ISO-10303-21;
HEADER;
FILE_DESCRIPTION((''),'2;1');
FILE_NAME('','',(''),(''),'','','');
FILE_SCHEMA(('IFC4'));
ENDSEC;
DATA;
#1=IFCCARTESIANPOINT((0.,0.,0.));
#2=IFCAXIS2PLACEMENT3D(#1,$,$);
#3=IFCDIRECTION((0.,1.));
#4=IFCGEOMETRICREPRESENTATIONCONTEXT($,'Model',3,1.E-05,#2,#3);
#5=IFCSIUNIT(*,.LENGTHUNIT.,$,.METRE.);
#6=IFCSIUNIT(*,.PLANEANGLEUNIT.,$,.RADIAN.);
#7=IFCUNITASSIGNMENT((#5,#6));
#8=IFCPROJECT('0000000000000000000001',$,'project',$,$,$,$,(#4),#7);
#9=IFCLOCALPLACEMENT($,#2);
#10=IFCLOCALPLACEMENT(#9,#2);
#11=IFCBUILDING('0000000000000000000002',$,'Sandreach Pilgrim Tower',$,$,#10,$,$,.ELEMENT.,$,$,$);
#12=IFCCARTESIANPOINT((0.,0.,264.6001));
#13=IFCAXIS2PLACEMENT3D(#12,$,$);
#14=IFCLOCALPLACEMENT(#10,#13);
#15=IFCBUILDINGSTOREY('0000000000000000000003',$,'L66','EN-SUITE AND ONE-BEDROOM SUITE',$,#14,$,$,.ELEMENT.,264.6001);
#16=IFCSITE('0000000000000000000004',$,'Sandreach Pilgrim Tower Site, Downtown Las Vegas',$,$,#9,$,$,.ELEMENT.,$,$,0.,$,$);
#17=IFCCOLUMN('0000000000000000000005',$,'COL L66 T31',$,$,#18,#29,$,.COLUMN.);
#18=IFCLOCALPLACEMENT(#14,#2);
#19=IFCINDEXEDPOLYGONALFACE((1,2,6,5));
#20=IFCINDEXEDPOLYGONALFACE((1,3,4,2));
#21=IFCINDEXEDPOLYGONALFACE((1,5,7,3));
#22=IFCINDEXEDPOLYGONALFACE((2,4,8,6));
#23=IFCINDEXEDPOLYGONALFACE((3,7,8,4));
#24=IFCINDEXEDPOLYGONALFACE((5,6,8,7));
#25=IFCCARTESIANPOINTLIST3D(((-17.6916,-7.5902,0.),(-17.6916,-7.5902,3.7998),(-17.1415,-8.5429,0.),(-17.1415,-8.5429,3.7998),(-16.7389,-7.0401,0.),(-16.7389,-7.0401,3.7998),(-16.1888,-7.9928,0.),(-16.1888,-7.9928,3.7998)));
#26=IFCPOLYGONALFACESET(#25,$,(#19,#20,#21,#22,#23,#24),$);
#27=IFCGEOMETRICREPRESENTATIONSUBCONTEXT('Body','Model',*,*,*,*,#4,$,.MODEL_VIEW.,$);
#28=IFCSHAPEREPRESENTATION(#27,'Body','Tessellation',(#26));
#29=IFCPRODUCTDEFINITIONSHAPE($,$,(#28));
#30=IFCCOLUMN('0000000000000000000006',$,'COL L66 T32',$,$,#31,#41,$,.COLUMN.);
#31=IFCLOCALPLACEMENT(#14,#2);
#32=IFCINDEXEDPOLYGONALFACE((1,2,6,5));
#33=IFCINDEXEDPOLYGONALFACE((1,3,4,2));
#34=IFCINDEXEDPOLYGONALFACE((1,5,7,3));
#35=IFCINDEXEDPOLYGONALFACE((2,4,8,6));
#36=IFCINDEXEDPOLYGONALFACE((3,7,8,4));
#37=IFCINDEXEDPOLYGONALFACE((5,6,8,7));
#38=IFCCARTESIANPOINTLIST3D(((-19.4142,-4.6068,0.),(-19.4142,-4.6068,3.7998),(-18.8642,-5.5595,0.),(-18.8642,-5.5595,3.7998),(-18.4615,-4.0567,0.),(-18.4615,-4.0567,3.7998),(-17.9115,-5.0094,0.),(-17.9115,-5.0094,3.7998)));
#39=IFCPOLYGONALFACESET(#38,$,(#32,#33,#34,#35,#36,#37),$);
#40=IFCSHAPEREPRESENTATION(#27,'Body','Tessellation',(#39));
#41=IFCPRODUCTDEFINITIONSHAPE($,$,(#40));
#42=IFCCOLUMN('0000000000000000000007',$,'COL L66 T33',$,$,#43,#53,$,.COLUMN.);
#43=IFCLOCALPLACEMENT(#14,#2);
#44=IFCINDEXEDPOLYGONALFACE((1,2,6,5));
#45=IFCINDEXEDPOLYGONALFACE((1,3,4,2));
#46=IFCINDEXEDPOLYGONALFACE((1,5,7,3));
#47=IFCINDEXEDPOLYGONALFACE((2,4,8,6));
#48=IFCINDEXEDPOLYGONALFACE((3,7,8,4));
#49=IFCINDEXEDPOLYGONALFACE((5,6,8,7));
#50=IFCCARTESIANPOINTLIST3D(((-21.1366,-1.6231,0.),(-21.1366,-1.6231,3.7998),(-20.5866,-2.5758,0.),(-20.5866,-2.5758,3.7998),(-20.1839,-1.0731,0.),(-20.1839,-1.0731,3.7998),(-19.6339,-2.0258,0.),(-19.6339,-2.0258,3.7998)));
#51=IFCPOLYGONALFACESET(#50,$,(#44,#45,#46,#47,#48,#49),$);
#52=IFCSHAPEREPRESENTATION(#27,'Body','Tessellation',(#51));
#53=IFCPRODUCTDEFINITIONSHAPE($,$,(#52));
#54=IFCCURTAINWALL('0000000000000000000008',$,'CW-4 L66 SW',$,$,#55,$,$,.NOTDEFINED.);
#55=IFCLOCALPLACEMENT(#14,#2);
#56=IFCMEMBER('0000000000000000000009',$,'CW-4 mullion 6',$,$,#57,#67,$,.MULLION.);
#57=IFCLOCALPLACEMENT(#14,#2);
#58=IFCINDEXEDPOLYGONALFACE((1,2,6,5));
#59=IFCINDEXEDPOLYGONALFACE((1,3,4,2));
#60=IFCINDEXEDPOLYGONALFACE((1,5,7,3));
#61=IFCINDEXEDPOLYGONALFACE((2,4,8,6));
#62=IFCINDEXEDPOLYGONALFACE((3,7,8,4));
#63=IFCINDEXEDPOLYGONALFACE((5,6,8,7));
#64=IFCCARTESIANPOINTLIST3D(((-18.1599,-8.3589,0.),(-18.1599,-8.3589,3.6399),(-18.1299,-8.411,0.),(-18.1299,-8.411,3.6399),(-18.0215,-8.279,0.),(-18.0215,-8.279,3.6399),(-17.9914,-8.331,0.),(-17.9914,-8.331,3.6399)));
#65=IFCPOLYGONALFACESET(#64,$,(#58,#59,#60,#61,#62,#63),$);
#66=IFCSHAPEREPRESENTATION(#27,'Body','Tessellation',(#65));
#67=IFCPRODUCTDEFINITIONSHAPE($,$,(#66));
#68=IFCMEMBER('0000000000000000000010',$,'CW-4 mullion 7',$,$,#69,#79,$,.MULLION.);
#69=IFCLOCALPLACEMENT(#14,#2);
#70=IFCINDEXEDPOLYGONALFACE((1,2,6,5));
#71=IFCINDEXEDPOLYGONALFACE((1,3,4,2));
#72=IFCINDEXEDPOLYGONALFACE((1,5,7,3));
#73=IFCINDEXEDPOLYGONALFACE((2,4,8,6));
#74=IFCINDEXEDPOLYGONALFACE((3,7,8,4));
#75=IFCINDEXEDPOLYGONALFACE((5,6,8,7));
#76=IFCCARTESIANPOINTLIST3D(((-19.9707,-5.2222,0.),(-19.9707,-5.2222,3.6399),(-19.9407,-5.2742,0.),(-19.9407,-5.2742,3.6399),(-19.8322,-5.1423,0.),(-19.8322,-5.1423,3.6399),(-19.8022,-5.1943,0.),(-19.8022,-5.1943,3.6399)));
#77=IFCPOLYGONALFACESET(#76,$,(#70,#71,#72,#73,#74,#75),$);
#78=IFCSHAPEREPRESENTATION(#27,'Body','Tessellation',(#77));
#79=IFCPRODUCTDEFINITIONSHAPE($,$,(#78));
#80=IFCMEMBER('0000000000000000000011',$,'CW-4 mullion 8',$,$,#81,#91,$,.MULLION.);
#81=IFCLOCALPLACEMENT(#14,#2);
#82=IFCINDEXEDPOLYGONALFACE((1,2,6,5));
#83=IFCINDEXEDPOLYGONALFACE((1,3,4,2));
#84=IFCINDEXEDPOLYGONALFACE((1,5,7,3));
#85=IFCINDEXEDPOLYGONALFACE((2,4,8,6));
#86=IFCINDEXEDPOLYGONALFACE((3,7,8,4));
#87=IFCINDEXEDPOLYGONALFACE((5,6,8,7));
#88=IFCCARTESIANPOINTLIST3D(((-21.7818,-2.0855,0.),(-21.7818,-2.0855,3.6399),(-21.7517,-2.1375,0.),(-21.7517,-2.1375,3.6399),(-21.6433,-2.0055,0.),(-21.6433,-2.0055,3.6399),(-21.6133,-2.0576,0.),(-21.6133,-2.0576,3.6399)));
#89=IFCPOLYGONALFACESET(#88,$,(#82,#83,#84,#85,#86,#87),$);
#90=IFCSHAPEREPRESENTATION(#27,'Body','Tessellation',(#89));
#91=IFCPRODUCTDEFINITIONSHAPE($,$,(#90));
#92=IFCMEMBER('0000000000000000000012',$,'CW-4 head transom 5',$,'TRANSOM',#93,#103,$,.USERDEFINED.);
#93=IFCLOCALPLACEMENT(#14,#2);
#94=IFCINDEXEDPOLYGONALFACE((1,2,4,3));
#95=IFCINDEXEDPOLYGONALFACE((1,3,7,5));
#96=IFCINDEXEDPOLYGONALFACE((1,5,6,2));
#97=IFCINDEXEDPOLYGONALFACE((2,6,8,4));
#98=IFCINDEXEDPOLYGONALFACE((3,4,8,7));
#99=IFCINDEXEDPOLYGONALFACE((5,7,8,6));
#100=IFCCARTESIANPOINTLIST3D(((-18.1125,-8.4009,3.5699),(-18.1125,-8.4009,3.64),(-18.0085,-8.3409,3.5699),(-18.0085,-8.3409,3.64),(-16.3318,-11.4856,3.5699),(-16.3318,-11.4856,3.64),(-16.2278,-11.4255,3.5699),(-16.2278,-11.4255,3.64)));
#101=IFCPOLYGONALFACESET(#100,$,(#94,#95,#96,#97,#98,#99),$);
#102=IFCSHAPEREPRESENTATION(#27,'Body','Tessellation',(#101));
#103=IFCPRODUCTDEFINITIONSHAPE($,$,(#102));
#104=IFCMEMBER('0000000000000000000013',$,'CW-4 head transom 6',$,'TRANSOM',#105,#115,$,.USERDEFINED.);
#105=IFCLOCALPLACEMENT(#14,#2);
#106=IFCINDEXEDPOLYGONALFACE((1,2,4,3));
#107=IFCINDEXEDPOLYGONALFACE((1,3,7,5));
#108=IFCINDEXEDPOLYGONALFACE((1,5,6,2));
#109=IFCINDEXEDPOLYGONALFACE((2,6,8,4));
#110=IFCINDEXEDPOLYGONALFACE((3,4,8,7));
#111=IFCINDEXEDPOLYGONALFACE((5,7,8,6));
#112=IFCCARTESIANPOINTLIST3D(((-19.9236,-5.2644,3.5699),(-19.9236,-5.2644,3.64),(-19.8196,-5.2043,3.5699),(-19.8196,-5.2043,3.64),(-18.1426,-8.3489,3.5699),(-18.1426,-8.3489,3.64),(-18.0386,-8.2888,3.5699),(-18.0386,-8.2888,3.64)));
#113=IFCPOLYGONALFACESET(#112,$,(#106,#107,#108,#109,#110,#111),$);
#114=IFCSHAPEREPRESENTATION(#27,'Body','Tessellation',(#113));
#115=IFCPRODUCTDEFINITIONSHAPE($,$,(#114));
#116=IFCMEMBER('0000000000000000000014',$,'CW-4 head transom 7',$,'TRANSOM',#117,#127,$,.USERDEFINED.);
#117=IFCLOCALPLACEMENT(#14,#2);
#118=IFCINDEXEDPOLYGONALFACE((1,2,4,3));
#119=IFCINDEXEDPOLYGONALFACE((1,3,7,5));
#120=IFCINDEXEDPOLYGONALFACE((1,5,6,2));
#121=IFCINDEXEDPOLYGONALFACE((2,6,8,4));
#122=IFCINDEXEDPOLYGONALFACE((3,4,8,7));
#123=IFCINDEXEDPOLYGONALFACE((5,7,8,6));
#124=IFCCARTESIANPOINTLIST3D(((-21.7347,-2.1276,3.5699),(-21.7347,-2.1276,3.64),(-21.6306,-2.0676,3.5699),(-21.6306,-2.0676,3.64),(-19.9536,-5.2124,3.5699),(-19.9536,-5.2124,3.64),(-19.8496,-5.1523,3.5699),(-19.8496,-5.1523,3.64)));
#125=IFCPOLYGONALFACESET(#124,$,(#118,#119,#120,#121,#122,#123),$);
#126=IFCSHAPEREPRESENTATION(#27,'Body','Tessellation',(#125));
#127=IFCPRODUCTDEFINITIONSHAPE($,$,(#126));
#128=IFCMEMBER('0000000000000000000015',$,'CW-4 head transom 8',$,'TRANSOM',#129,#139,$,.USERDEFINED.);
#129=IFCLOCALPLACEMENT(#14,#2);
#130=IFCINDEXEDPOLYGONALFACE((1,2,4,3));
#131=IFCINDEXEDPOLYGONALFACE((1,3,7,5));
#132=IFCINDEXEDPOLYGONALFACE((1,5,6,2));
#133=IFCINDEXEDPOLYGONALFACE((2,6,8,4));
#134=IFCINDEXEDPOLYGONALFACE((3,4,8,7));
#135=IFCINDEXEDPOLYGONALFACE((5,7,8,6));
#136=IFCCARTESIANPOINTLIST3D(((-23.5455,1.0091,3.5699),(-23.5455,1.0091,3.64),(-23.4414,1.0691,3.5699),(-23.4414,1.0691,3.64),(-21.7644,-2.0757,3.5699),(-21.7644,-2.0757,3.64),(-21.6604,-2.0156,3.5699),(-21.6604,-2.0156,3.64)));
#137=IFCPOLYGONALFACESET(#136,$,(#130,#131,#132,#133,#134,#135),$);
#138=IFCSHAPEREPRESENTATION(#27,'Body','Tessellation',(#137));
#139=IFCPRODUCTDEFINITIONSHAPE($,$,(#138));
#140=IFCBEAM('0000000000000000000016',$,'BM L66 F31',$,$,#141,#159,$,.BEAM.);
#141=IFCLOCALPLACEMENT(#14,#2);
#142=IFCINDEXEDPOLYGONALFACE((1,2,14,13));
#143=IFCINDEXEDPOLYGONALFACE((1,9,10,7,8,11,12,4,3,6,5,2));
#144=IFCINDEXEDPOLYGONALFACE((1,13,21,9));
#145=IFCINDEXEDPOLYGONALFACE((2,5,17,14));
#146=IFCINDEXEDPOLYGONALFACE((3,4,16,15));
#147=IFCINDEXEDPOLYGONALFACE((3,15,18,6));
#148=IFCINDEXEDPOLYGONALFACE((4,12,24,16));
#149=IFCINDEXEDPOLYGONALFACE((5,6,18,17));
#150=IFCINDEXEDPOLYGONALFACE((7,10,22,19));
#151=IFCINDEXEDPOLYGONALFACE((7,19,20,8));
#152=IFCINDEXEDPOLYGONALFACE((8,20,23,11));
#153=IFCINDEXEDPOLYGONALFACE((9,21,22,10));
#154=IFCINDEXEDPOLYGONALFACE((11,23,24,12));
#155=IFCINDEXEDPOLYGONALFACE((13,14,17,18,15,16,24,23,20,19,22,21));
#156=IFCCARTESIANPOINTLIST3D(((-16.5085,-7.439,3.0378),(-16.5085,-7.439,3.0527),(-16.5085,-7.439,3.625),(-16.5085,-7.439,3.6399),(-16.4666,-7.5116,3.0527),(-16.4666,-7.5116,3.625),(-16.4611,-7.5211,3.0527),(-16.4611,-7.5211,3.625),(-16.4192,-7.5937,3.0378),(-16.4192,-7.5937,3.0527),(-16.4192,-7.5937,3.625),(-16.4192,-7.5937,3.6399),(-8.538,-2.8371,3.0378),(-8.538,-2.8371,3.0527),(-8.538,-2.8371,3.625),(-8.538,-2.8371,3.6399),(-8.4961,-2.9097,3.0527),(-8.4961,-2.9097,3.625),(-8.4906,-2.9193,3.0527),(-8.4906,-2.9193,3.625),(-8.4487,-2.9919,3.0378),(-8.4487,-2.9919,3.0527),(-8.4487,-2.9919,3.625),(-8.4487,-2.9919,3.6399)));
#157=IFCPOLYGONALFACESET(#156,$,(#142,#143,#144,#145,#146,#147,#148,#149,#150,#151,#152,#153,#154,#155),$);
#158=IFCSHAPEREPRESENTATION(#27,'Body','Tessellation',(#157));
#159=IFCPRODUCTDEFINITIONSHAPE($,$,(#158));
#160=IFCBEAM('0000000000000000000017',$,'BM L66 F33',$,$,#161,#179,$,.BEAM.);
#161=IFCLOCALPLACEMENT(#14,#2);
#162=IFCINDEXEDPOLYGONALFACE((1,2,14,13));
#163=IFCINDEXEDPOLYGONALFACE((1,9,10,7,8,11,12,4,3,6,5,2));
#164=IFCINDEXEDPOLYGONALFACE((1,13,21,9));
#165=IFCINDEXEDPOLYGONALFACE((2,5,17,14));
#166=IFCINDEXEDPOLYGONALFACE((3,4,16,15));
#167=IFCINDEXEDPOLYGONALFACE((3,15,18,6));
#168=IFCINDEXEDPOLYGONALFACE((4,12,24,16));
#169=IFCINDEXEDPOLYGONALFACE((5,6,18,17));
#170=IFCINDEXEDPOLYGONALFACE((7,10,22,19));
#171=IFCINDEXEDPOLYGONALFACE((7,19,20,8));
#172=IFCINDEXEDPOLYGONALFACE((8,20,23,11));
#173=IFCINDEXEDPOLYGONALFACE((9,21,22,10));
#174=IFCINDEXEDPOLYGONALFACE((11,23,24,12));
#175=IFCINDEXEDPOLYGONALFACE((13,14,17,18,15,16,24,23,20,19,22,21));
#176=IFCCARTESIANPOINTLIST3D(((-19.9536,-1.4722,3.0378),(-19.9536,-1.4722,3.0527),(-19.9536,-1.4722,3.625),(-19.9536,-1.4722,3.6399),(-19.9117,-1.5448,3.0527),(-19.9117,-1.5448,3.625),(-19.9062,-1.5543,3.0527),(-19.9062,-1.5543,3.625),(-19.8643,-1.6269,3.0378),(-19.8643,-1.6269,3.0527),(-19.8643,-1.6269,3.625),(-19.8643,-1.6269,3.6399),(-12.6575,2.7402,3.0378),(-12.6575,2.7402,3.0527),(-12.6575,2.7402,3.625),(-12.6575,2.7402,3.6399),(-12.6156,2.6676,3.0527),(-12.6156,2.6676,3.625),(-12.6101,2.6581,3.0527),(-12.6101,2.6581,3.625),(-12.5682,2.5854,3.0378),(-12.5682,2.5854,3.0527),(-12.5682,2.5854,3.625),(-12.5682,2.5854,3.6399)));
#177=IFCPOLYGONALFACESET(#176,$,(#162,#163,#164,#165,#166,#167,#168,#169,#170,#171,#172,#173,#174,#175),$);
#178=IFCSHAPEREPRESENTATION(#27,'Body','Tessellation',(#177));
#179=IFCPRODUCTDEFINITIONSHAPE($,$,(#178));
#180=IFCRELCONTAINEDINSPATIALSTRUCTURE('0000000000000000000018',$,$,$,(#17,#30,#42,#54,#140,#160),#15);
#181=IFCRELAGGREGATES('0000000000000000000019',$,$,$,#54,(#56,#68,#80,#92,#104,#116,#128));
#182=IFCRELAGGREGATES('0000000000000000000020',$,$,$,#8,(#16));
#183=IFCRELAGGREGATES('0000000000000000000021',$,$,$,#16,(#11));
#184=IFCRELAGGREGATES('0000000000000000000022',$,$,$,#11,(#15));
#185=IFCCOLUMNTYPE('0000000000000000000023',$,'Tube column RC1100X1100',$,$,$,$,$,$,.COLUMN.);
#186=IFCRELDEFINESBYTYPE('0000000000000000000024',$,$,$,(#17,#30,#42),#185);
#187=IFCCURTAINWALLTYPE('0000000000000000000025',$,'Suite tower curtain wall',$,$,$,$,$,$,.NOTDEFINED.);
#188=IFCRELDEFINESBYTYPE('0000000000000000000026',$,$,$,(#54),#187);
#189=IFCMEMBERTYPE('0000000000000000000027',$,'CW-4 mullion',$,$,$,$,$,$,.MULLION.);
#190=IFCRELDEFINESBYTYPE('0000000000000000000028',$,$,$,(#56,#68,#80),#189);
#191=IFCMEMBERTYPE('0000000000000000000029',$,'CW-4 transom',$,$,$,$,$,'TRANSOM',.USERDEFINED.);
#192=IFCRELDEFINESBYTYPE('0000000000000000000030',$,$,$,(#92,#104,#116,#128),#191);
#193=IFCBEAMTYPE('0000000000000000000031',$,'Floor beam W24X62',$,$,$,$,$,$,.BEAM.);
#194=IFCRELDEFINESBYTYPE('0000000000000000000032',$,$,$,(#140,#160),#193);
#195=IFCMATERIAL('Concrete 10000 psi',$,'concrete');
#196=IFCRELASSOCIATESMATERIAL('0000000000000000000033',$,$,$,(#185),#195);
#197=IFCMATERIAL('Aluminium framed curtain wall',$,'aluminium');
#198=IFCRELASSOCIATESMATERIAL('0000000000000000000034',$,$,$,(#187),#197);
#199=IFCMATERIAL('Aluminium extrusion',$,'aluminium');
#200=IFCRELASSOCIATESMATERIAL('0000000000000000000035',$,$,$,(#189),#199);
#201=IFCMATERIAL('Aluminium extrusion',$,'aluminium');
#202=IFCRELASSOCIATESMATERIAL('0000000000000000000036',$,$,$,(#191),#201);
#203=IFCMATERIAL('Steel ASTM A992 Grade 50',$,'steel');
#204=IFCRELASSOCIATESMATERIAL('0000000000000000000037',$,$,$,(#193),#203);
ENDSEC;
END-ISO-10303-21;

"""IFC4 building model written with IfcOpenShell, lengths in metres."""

from ifc_helpers import new_model, si_unit, direction, frame, origin, origin_2d, place, context, subcontext, project, spatial, rectangle, i_section, extrude, material, material_profile, profile_set, type_object, element, aggregate, save


model = new_model("IFC4")

# Units and contexts
model_context = context("Model", 3, precision=1e-05, world=origin(), true_north=direction((0.0, 1.0)))
body_context = subcontext(model_context, "Body", "Model", "MODEL_VIEW")
ifc_project = project(units=[si_unit("LENGTHUNIT", "METRE"), si_unit("PLANEANGLEUNIT", "RADIAN")], contexts=[model_context])

# Site, building, storey
site_placement = place(None, origin())
site = spatial("IfcSite", under=ifc_project, at=site_placement, Name="Sandreach Pilgrim Tower Site, Downtown Las Vegas", CompositionType="ELEMENT", RefElevation=0.0)
building_placement = place(site_placement, origin())
building = spatial("IfcBuilding", under=site, at=building_placement, Name="Sandreach Pilgrim Tower", CompositionType="ELEMENT")
storey_placement = place(building_placement, frame((0.0, 0.0, 264.6001)))
storey = spatial("IfcBuildingStorey", under=building, at=storey_placement, Name="L66", Description="EN-SUITE AND ONE-BEDROOM SUITE", CompositionType="ELEMENT", Elevation=264.6001)

# Columns
ifc_material_1 = material(Name="Concrete 10000 psi", Category="concrete")
ifc_material_profile_1 = material_profile(ifc_material_1, rectangle(XDim=1.1001, YDim=1.1001, at=origin_2d()), Name="RC1100X1100")
ifc_profile_set_1 = profile_set([ifc_material_profile_1], Name="Concrete 10000 psi")
column_type = type_object("IfcColumnType", Name="Tube column RC1100X1100", PredefinedType="COLUMN", material=ifc_profile_set_1)
for number, where, z_axis, x_axis, name in (
    (1, (-16.9402, -7.7915, 0.0), (0.0, 0.0, 1.0), (-0.866025, -0.5, 0.0), "COL L66 T31"),
    (2, (-18.6628, -4.8081, 0.0), (0.0, 0.0, 1.0), (-0.866025, -0.5, 0.0), "COL L66 T32"),
    (3, (-20.3853, -1.8245, 0.0), (0.0, 0.0, 1.0), (-0.866025, -0.5, 0.0), "COL L66 T33"),
):
    element("IfcColumn", number, at=place(storey_placement, frame(where, z_axis=z_axis, x_axis=x_axis)), inside=storey, type_object=column_type, Name=name, PredefinedType="COLUMN", context=body_context, shape_type="SweptSolid", body=[
        extrude(rectangle(XDim=1.1001, YDim=1.1001, at=origin_2d()), origin(), (0.0, 0.0, 1.0), 3.7998),
    ])

# Curtain wall, members
ifc_material_2 = material(Name="Aluminium framed curtain wall", Category="aluminium")
curtain_wall_type = type_object("IfcCurtainWallType", Name="Suite tower curtain wall", PredefinedType="NOTDEFINED", material=ifc_material_2)
curtain_wall_placement = place(storey_placement, origin())
curtain_wall = element("IfcCurtainWall", 4, at=curtain_wall_placement, inside=storey, type_object=curtain_wall_type, Name="CW-4 L66 SW", PredefinedType="NOTDEFINED")
ifc_material_3 = material(Name="Aluminium extrusion", Category="aluminium")
ifc_material_profile_2 = material_profile(ifc_material_3, rectangle(XDim=0.0601, YDim=0.1599, at=origin_2d()), Name="CW-4M 60X160")
ifc_profile_set_2 = profile_set([ifc_material_profile_2], Name="Aluminium extrusion")
member_type_1 = type_object("IfcMemberType", Name="CW-4 mullion", PredefinedType="MULLION", material=ifc_profile_set_2)
member_1_placement = place(storey_placement, frame((-18.0757, -8.345, 0.0), z_axis=(0.0, 0.0, 1.0), x_axis=(-0.5, 0.866025, 0.0)))
member_1 = element("IfcMember", 5, at=member_1_placement, type_object=member_type_1, Name="CW-4 mullion 6", PredefinedType="MULLION", context=body_context, shape_type="SweptSolid", body=[
    extrude(rectangle(XDim=0.0601, YDim=0.1599, at=origin_2d()), origin(), (0.0, 0.0, 1.0), 3.6399),
])
member_2_placement = place(storey_placement, frame((-19.8865, -5.2083, 0.0), z_axis=(0.0, 0.0, 1.0), x_axis=(-0.5, 0.866025, 0.0)))
member_2 = element("IfcMember", 6, at=member_2_placement, type_object=member_type_1, Name="CW-4 mullion 7", PredefinedType="MULLION", context=body_context, shape_type="SweptSolid", body=[
    extrude(rectangle(XDim=0.0601, YDim=0.1599, at=origin_2d()), origin(), (0.0, 0.0, 1.0), 3.6399),
])
member_3_placement = place(storey_placement, frame((-21.6975, -2.0715, 0.0), z_axis=(0.0, 0.0, 1.0), x_axis=(-0.5, 0.866025, 0.0)))
member_3 = element("IfcMember", 7, at=member_3_placement, type_object=member_type_1, Name="CW-4 mullion 8", PredefinedType="MULLION", context=body_context, shape_type="SweptSolid", body=[
    extrude(rectangle(XDim=0.0601, YDim=0.1599, at=origin_2d()), origin(), (0.0, 0.0, 1.0), 3.6399),
])
ifc_material_4 = material(Name="Aluminium extrusion", Category="aluminium")
ifc_material_profile_3 = material_profile(ifc_material_4, rectangle(XDim=0.1201, YDim=0.0701, at=origin_2d()), Name="CW-4T 120X70")
ifc_profile_set_3 = profile_set([ifc_material_profile_3], Name="Aluminium extrusion")
member_type_2 = type_object("IfcMemberType", Name="CW-4 transom", ElementType="TRANSOM", PredefinedType="USERDEFINED", material=ifc_profile_set_3)
member_4_placement = place(storey_placement, frame((-16.2798, -11.4556, 3.605), z_axis=(-0.499958, 0.86605, 0.0), x_axis=(-0.86605, -0.499958, 0.0)))
member_4 = element("IfcMember", 8, at=member_4_placement, type_object=member_type_2, Name="CW-4 head transom 5", ObjectType="TRANSOM", PredefinedType="USERDEFINED", context=body_context, shape_type="SweptSolid", body=[
    extrude(rectangle(XDim=0.1201, YDim=0.0701, at=origin_2d()), origin(), (0.0, 0.0, 1.0), 3.5618),
])
member_5_placement = place(storey_placement, frame((-18.0906, -8.3188, 3.605), z_axis=(-0.500039, 0.866003, 0.0), x_axis=(-0.866003, -0.500039, 0.0)))
member_5 = element("IfcMember", 9, at=member_5_placement, type_object=member_type_2, Name="CW-4 head transom 6", ObjectType="TRANSOM", PredefinedType="USERDEFINED", context=body_context, shape_type="SweptSolid", body=[
    extrude(rectangle(XDim=0.1201, YDim=0.0701, at=origin_2d()), origin(), (0.0, 0.0, 1.0), 3.5618),
])
member_6_placement = place(storey_placement, frame((-19.9016, -5.1824, 3.605), z_axis=(-0.500009, 0.86602, 0.0), x_axis=(-0.86602, -0.500009, 0.0)))
member_6 = element("IfcMember", 10, at=member_6_placement, type_object=member_type_2, Name="CW-4 head transom 7", ObjectType="TRANSOM", PredefinedType="USERDEFINED", context=body_context, shape_type="SweptSolid", body=[
    extrude(rectangle(XDim=0.1201, YDim=0.0701, at=origin_2d()), origin(), (0.0, 0.0, 1.0), 3.562),
])
member_7_placement = place(storey_placement, frame((-21.7124, -2.0457, 3.605), z_axis=(-0.500009, 0.86602, 0.0), x_axis=(-0.86602, -0.500009, 0.0)))
member_7 = element("IfcMember", 11, at=member_7_placement, type_object=member_type_2, Name="CW-4 head transom 8", ObjectType="TRANSOM", PredefinedType="USERDEFINED", context=body_context, shape_type="SweptSolid", body=[
    extrude(rectangle(XDim=0.1201, YDim=0.0701, at=origin_2d()), origin(), (0.0, 0.0, 1.0), 3.562),
])

# Beams
ifc_material_5 = material(Name="Steel ASTM A992 Grade 50", Category="steel")
ifc_material_profile_4 = material_profile(ifc_material_5, i_section(OverallWidth=0.1787, OverallDepth=0.6021, WebThickness=0.011, FlangeThickness=0.0149, at=origin_2d()), Name="W24X62")
ifc_profile_set_4 = profile_set([ifc_material_profile_4], Name="Steel ASTM A992 Grade 50")
beam_type_1 = type_object("IfcBeamType", Name="Floor beam W24X62", PredefinedType="BEAM", material=ifc_profile_set_4)
beam_1_placement = place(storey_placement, frame((-16.4639, -7.5164, 3.3389), z_axis=(0.866023, 0.500005, 0.0), x_axis=(-0.500005, 0.866023, 0.0)))
element("IfcBeam", 12, at=beam_1_placement, inside=storey, type_object=beam_type_1, Name="BM L66 F31", PredefinedType="BEAM", context=body_context, shape_type="SweptSolid", body=[
    extrude(i_section(OverallWidth=0.1787, OverallDepth=0.6021, WebThickness=0.011, FlangeThickness=0.0149, at=origin_2d()), origin(), (0.0, 0.0, 1.0), 9.2036),
])
beam_2_placement = place(storey_placement, frame((-19.9089, -1.5496, 3.3389), z_axis=(0.866027, 0.499998, 0.0), x_axis=(-0.499998, 0.866027, 0.0)))
element("IfcBeam", 13, at=beam_2_placement, inside=storey, type_object=beam_type_1, Name="BM L66 F33", PredefinedType="BEAM", context=body_context, shape_type="SweptSolid", body=[
    extrude(i_section(OverallWidth=0.1787, OverallDepth=0.6021, WebThickness=0.011, FlangeThickness=0.0149, at=origin_2d()), origin(), (0.0, 0.0, 1.0), 8.4248),
])

aggregate(curtain_wall, [member_1, member_2, member_3, member_4, member_5, member_6, member_7])

save(model, "model.ifc")
